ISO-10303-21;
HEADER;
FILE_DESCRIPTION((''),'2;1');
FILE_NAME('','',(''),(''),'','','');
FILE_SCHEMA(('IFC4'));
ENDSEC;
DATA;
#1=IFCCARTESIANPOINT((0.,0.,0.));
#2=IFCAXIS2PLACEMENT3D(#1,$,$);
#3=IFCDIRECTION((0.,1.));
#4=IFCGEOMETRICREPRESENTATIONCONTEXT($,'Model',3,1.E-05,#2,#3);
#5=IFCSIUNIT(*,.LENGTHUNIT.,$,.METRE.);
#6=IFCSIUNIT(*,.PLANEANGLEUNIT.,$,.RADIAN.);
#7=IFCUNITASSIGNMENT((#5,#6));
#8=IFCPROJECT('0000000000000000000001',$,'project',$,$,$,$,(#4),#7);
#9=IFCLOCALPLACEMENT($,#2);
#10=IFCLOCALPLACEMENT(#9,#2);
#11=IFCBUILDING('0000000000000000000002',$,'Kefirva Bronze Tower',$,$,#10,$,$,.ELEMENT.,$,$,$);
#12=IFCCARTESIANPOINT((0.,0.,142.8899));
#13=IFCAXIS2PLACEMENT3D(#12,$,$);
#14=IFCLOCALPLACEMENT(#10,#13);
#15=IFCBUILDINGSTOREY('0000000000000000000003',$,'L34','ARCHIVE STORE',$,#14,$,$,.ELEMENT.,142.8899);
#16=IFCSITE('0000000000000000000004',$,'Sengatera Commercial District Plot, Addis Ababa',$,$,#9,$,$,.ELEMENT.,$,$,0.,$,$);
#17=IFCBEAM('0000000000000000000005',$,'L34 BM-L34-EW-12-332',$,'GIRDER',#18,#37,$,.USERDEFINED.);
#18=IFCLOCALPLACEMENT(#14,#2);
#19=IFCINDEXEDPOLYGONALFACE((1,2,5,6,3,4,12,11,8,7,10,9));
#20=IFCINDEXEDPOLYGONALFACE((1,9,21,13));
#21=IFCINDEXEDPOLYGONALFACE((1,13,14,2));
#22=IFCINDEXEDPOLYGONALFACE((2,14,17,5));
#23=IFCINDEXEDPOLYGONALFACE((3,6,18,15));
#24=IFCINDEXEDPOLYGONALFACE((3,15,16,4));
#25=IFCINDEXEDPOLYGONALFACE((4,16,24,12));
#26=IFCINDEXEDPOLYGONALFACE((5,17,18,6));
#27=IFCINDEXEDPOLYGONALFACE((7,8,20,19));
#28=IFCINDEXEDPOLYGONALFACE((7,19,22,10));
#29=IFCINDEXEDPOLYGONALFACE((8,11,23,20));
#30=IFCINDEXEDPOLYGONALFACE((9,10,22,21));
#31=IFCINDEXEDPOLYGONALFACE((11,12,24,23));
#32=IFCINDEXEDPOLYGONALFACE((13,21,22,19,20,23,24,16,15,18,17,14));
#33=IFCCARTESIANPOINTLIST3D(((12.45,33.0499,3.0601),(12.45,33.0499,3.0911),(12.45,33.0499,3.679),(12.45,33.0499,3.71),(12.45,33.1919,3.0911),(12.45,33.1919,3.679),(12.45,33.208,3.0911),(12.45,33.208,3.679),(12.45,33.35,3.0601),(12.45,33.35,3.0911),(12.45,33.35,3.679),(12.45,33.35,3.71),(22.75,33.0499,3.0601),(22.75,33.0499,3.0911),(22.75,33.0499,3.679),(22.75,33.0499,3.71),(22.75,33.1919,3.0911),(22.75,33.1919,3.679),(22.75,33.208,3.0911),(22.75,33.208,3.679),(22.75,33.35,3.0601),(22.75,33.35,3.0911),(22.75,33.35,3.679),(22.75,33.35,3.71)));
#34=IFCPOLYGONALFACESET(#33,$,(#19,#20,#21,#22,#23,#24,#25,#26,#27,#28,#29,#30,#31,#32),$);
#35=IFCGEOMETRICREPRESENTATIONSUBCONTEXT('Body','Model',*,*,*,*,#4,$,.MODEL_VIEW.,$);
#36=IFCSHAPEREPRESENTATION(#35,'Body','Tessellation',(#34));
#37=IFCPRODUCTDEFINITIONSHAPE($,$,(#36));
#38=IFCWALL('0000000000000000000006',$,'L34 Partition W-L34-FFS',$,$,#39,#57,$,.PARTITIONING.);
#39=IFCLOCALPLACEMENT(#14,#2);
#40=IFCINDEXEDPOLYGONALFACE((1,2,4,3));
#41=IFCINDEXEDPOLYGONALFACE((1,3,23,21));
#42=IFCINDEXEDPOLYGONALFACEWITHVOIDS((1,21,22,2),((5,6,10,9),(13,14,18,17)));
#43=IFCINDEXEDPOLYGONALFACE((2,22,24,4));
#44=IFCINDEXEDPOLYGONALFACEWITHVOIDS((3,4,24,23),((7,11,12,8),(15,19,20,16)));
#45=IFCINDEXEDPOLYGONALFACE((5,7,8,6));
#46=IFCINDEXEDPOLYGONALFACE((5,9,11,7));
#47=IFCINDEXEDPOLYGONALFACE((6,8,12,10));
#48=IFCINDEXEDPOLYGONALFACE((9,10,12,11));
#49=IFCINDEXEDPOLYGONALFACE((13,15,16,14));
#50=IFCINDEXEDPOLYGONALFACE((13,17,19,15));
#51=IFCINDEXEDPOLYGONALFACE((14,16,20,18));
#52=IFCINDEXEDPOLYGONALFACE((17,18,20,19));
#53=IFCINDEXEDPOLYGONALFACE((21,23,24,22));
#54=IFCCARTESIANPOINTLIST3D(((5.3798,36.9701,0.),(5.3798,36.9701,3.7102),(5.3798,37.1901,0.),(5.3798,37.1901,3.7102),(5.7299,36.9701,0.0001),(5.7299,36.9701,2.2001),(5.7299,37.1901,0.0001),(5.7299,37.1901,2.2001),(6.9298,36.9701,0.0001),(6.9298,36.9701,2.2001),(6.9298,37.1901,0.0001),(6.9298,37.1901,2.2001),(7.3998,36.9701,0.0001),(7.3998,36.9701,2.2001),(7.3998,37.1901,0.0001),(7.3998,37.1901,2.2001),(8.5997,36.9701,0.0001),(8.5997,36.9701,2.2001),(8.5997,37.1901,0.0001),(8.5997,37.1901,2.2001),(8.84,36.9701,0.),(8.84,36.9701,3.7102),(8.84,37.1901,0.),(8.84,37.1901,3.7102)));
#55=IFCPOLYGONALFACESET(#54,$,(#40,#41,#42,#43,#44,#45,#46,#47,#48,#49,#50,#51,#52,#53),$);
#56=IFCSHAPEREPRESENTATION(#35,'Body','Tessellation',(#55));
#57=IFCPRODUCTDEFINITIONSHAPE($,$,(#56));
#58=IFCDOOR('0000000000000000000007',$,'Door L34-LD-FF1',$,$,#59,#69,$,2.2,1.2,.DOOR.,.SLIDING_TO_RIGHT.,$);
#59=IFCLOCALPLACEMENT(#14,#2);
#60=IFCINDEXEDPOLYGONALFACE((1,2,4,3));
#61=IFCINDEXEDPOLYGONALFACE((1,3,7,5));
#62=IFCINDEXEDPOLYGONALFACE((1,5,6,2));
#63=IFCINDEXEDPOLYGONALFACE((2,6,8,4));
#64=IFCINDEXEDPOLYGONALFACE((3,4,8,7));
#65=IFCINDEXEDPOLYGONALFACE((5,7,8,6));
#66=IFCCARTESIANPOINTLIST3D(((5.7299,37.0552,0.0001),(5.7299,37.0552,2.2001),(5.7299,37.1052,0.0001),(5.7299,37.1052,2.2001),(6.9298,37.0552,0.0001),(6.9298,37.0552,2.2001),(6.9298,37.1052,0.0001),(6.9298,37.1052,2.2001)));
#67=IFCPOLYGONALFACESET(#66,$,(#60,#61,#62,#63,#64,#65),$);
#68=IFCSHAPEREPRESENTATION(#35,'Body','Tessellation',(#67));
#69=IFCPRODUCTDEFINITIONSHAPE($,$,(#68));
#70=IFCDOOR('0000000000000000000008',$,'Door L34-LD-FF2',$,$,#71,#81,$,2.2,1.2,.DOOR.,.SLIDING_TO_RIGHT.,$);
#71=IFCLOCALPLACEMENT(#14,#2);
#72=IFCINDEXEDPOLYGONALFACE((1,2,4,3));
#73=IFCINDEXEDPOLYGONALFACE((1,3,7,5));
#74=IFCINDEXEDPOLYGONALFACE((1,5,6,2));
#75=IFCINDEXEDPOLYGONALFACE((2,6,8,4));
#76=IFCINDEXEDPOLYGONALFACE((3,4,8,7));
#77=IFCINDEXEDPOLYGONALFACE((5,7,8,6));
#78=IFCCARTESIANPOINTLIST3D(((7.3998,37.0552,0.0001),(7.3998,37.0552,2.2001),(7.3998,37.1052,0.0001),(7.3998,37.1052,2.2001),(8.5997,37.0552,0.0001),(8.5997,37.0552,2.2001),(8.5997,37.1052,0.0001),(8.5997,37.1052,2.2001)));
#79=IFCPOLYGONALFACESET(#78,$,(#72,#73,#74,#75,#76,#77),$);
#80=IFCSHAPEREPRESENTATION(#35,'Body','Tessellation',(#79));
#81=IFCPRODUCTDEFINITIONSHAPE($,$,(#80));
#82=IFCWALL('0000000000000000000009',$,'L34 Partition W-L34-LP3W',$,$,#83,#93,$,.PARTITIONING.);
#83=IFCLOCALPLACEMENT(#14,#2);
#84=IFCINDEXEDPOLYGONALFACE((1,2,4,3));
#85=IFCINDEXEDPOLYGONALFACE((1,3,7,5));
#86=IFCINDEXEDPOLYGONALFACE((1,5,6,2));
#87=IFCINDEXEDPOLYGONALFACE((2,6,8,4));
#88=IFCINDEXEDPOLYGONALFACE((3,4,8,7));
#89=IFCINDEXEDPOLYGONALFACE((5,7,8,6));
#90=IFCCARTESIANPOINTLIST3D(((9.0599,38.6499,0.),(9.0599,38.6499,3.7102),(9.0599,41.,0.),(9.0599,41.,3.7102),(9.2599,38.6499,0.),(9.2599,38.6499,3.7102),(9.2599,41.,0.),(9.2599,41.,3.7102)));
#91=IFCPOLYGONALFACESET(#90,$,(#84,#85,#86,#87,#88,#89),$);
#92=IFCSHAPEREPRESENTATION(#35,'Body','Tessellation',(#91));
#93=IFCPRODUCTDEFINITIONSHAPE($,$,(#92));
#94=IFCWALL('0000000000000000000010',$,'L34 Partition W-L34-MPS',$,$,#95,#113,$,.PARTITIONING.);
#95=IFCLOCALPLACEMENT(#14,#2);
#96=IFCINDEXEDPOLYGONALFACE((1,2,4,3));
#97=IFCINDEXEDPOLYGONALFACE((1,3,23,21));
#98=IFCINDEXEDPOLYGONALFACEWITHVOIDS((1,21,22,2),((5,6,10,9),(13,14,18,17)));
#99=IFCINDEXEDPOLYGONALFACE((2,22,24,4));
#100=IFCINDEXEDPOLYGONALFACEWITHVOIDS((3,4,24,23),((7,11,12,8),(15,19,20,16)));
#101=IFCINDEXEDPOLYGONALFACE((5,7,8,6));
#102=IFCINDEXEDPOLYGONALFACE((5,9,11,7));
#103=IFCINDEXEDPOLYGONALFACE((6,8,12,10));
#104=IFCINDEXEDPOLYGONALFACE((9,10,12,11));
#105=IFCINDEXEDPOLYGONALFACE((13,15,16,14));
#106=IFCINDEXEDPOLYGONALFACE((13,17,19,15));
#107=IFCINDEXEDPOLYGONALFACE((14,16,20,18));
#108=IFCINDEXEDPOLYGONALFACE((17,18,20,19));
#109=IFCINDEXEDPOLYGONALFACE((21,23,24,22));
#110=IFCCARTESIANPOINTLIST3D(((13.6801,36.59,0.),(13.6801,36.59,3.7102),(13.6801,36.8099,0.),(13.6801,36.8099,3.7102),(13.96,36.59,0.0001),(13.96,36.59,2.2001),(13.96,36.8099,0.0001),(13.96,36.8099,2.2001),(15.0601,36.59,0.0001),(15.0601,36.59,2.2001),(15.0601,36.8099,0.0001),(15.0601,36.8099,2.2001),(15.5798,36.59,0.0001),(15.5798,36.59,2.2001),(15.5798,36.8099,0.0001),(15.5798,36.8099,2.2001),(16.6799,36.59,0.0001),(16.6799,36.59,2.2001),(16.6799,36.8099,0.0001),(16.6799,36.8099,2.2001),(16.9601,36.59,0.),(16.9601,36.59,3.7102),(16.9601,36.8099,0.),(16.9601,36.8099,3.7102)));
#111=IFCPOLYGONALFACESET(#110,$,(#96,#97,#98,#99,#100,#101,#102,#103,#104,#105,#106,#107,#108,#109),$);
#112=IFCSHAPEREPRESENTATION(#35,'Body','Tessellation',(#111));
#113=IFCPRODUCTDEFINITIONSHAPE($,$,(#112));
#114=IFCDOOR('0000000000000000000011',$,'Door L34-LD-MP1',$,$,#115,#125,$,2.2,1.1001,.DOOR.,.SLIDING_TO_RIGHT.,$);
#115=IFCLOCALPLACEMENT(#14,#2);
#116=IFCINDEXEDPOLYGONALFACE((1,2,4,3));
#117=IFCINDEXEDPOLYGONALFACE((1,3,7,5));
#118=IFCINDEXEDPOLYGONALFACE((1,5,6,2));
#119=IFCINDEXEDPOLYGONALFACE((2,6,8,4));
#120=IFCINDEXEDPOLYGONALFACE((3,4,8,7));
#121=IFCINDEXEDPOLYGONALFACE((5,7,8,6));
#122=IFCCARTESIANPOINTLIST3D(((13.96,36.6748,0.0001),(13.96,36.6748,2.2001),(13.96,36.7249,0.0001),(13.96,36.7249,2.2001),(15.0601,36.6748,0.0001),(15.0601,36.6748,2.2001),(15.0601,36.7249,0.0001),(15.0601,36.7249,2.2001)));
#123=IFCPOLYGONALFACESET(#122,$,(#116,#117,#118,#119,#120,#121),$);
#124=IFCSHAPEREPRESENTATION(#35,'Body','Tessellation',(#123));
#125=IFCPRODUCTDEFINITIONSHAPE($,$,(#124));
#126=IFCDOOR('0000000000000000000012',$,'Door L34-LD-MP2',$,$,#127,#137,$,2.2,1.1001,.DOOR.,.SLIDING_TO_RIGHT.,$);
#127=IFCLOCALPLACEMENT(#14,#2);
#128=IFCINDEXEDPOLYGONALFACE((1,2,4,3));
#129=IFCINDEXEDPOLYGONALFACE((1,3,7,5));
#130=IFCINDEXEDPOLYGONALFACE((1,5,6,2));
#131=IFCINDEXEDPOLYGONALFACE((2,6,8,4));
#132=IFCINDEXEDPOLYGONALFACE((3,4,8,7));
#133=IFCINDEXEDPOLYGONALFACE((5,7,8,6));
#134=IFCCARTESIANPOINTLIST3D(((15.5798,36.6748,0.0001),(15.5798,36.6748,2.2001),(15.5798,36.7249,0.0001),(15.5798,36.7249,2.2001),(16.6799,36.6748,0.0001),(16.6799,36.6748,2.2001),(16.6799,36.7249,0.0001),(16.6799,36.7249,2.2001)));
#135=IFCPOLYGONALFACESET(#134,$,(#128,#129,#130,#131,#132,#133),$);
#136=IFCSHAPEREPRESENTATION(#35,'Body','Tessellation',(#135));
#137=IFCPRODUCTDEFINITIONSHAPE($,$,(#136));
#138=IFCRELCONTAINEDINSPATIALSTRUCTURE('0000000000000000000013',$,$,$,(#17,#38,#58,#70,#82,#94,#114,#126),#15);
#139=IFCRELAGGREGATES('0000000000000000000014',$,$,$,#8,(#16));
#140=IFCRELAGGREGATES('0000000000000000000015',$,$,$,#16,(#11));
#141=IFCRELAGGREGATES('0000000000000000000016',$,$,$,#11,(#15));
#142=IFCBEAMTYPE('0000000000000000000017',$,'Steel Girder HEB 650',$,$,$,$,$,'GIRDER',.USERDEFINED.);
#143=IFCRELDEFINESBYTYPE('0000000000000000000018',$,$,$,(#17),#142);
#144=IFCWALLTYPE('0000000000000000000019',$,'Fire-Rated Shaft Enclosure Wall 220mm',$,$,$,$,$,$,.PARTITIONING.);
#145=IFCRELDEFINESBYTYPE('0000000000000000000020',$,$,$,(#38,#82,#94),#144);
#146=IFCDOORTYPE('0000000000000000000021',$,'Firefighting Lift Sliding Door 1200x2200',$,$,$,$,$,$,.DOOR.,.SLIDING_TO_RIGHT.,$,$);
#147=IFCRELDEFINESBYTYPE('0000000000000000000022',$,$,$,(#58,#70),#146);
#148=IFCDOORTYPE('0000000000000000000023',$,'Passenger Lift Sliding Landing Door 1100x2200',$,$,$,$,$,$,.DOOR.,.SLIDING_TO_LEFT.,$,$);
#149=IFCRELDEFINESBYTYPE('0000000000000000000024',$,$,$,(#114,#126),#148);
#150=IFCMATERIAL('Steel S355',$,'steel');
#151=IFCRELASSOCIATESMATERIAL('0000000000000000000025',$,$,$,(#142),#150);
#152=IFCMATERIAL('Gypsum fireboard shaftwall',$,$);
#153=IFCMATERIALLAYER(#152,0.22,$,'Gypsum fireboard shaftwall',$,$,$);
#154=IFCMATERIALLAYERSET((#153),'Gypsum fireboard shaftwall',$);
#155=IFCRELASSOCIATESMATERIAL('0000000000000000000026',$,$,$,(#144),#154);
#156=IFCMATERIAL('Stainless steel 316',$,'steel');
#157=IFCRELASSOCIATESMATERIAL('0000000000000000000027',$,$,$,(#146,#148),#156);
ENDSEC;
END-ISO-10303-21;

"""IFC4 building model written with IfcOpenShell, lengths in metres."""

from ifc_helpers import new_model, si_unit, direction, frame, frame_2d, origin, origin_2d, place, context, subcontext, project, spatial, rectangle, i_section, extrude, material, layer, layer_set, material_profile, profile_set, type_object, element, fill, save


model = new_model("IFC4")

# Units and contexts
model_context = context("Model", 3, precision=1e-05, world=origin(), true_north=direction((0.0, 1.0)))
body_context = subcontext(model_context, "Body", "Model", "MODEL_VIEW")
ifc_project = project(units=[si_unit("LENGTHUNIT", "METRE"), si_unit("PLANEANGLEUNIT", "RADIAN")], contexts=[model_context])

# Site, building, storey
site_placement = place(None, origin())
site = spatial("IfcSite", under=ifc_project, at=site_placement, Name="Sengatera Commercial District Plot, Addis Ababa", CompositionType="ELEMENT", RefElevation=0.0)
building_placement = place(site_placement, origin())
building = spatial("IfcBuilding", under=site, at=building_placement, Name="Kefirva Bronze Tower", CompositionType="ELEMENT")
storey_placement = place(building_placement, frame((0.0, 0.0, 142.8899)))
storey = spatial("IfcBuildingStorey", under=building, at=storey_placement, Name="L34", Description="ARCHIVE STORE", CompositionType="ELEMENT", Elevation=142.8899)

# Beam
ifc_material_1 = material(Name="Steel S355", Category="steel")
ifc_material_profile = material_profile(ifc_material_1, i_section(OverallWidth=0.3, OverallDepth=0.6499, WebThickness=0.0161, FlangeThickness=0.031, at=origin_2d()), Name="HEB 650")
ifc_profile_set = profile_set([ifc_material_profile], Name="Steel S355")
beam_type = type_object("IfcBeamType", Name="Steel Girder HEB 650", ElementType="GIRDER", PredefinedType="USERDEFINED", material=ifc_profile_set)
beam_placement = place(storey_placement, frame((12.45, 33.2, 3.385), z_axis=(1.0, 0.0, 0.0), x_axis=(0.0, 1.0, 0.0)))
element("IfcBeam", 1, at=beam_placement, inside=storey, type_object=beam_type, Name="L34 BM-L34-EW-12-332", ObjectType="GIRDER", PredefinedType="USERDEFINED", context=body_context, shape_type="SweptSolid", body=[
    extrude(i_section(OverallWidth=0.3, OverallDepth=0.6499, WebThickness=0.0161, FlangeThickness=0.031, at=origin_2d()), origin(), (0.0, 0.0, 1.0), 10.3),
])

# Wall, openings, doors
ifc_material_2 = material(Name="Gypsum fireboard shaftwall")
ifc_layer_1 = layer(ifc_material_2, 0.22, Name="Gypsum fireboard shaftwall")
ifc_layer_set_1 = layer_set([ifc_layer_1], Name="Gypsum fireboard shaftwall")
wall_type_1 = type_object("IfcWallType", Name="Fire-Rated Shaft Enclosure Wall 220mm", PredefinedType="PARTITIONING", material=ifc_layer_set_1)
wall_1_placement = place(storey_placement, frame((5.3799, 37.0801, 0.0), z_axis=(0.0, 0.0, 1.0), x_axis=(1.0, 0.0, 0.0)))
wall_1 = element("IfcWall", 2, at=wall_1_placement, inside=storey, type_object=wall_type_1, Name="L34 Partition W-L34-FFS", PredefinedType="PARTITIONING", context=body_context, shape_type="SweptSolid", body=[
    extrude(rectangle(XDim=3.4602, YDim=0.22, at=frame_2d((1.73, 0.0))), origin(), (0.0, 0.0, 1.0), 3.7102),
])
opening_1_placement = place(wall_1_placement, frame((1.55, 0.0, 0.0), z_axis=(0.0, 0.0, 1.0), x_axis=(-1.0, 0.0, 0.0)))
opening_1 = element("IfcOpeningElement", 3, at=opening_1_placement, cuts=wall_1, PredefinedType="OPENING", context=body_context, shape_type="SweptSolid", body=[
    extrude(rectangle(XDim=1.2, YDim=2.2, at=frame_2d((0.6001, 1.1001))), frame((0.0, 0.1201, 0.0), z_axis=(0.0, -1.0, 0.0), x_axis=(1.0, 0.0, 0.0)), (0.0, 0.0, 1.0), 0.24),
])
opening_2_placement = place(wall_1_placement, frame((3.22, 0.0, 0.0), z_axis=(0.0, 0.0, 1.0), x_axis=(-1.0, 0.0, 0.0)))
opening_2 = element("IfcOpeningElement", 4, at=opening_2_placement, cuts=wall_1, PredefinedType="OPENING", context=body_context, shape_type="SweptSolid", body=[
    extrude(rectangle(XDim=1.2, YDim=2.2, at=frame_2d((0.6001, 1.1001))), frame((0.0, 0.1201, 0.0), z_axis=(0.0, -1.0, 0.0), x_axis=(1.0, 0.0, 0.0)), (0.0, 0.0, 1.0), 0.24),
])
ifc_material_3 = material(Name="Stainless steel 316", Category="steel")
door_type_1 = type_object("IfcDoorType", Name="Firefighting Lift Sliding Door 1200x2200", OperationType="SLIDING_TO_RIGHT", PredefinedType="DOOR", material=ifc_material_3)
door_1_placement = place(opening_1_placement, origin())
door_1 = element("IfcDoor", 5, at=door_1_placement, inside=storey, type_object=door_type_1, Name="Door L34-LD-FF1", OperationType="SLIDING_TO_RIGHT", OverallHeight=2.2, OverallWidth=1.2, PredefinedType="DOOR", context=body_context, shape_type="SweptSolid", body=[
    extrude(rectangle(XDim=1.2, YDim=2.2, at=frame_2d((0.6001, 1.1001))), frame((0.0, 0.0249, 0.0), z_axis=(0.0, -1.0, 0.0), x_axis=(1.0, 0.0, 0.0)), (0.0, 0.0, 1.0), 0.05),
])
fill(opening_1, door_1)
door_2_placement = place(opening_2_placement, origin())
door_2 = element("IfcDoor", 6, at=door_2_placement, inside=storey, type_object=door_type_1, Name="Door L34-LD-FF2", OperationType="SLIDING_TO_RIGHT", OverallHeight=2.2, OverallWidth=1.2, PredefinedType="DOOR", context=body_context, shape_type="SweptSolid", body=[
    extrude(rectangle(XDim=1.2, YDim=2.2, at=frame_2d((0.6001, 1.1001))), frame((0.0, 0.0249, 0.0), z_axis=(0.0, -1.0, 0.0), x_axis=(1.0, 0.0, 0.0)), (0.0, 0.0, 1.0), 0.05),
])
fill(opening_2, door_2)

# Wall
wall_2_placement = place(storey_placement, frame((9.1599, 38.6499, 0.0), z_axis=(0.0, 0.0, 1.0), x_axis=(0.0, 1.0, 0.0)))
element("IfcWall", 7, at=wall_2_placement, inside=storey, type_object=wall_type_1, Name="L34 Partition W-L34-LP3W", PredefinedType="PARTITIONING", context=body_context, shape_type="SweptSolid", body=[
    extrude(rectangle(XDim=2.3501, YDim=0.2, at=frame_2d((1.175, 0.0))), origin(), (0.0, 0.0, 1.0), 3.7102),
])

# Wall, openings, doors
wall_3_placement = place(storey_placement, frame((13.6799, 36.7, 0.0), z_axis=(0.0, 0.0, 1.0), x_axis=(1.0, 0.0, 0.0)))
wall_3 = element("IfcWall", 8, at=wall_3_placement, inside=storey, type_object=wall_type_1, Name="L34 Partition W-L34-MPS", PredefinedType="PARTITIONING", context=body_context, shape_type="SweptSolid", body=[
    extrude(rectangle(XDim=3.28, YDim=0.22, at=frame_2d((1.6401, 0.0))), origin(), (0.0, 0.0, 1.0), 3.7102),
])
opening_3_placement = place(wall_3_placement, frame((0.28, 0.0, 0.0)))
opening_3 = element("IfcOpeningElement", 9, at=opening_3_placement, cuts=wall_3, PredefinedType="OPENING", context=body_context, shape_type="SweptSolid", body=[
    extrude(rectangle(XDim=1.1001, YDim=2.2, at=frame_2d((0.55, 1.1001))), frame((0.0, 0.1201, 0.0), z_axis=(0.0, -1.0, 0.0), x_axis=(1.0, 0.0, 0.0)), (0.0, 0.0, 1.0), 0.24),
])
opening_4_placement = place(wall_3_placement, frame((1.8999, 0.0, 0.0)))
opening_4 = element("IfcOpeningElement", 10, at=opening_4_placement, cuts=wall_3, PredefinedType="OPENING", context=body_context, shape_type="SweptSolid", body=[
    extrude(rectangle(XDim=1.1001, YDim=2.2, at=frame_2d((0.55, 1.1001))), frame((0.0, 0.1201, 0.0), z_axis=(0.0, -1.0, 0.0), x_axis=(1.0, 0.0, 0.0)), (0.0, 0.0, 1.0), 0.24),
])
door_type_2 = type_object("IfcDoorType", Name="Passenger Lift Sliding Landing Door 1100x2200", OperationType="SLIDING_TO_LEFT", PredefinedType="DOOR", material=ifc_material_3)
door_3_placement = place(opening_3_placement, origin())
door_3 = element("IfcDoor", 11, at=door_3_placement, inside=storey, type_object=door_type_2, Name="Door L34-LD-MP1", OperationType="SLIDING_TO_RIGHT", OverallHeight=2.2, OverallWidth=1.1001, PredefinedType="DOOR", context=body_context, shape_type="SweptSolid", body=[
    extrude(rectangle(XDim=1.1001, YDim=2.2, at=frame_2d((0.55, 1.1001))), frame((0.0, 0.0249, 0.0), z_axis=(0.0, -1.0, 0.0), x_axis=(1.0, 0.0, 0.0)), (0.0, 0.0, 1.0), 0.05),
])
fill(opening_3, door_3)
door_4_placement = place(opening_4_placement, origin())
door_4 = element("IfcDoor", 12, at=door_4_placement, inside=storey, type_object=door_type_2, Name="Door L34-LD-MP2", OperationType="SLIDING_TO_RIGHT", OverallHeight=2.2, OverallWidth=1.1001, PredefinedType="DOOR", context=body_context, shape_type="SweptSolid", body=[
    extrude(rectangle(XDim=1.1001, YDim=2.2, at=frame_2d((0.55, 1.1001))), frame((0.0, 0.0249, 0.0), z_axis=(0.0, -1.0, 0.0), x_axis=(1.0, 0.0, 0.0)), (0.0, 0.0, 1.0), 0.05),
])
fill(opening_4, door_4)

save(model, "model.ifc")
